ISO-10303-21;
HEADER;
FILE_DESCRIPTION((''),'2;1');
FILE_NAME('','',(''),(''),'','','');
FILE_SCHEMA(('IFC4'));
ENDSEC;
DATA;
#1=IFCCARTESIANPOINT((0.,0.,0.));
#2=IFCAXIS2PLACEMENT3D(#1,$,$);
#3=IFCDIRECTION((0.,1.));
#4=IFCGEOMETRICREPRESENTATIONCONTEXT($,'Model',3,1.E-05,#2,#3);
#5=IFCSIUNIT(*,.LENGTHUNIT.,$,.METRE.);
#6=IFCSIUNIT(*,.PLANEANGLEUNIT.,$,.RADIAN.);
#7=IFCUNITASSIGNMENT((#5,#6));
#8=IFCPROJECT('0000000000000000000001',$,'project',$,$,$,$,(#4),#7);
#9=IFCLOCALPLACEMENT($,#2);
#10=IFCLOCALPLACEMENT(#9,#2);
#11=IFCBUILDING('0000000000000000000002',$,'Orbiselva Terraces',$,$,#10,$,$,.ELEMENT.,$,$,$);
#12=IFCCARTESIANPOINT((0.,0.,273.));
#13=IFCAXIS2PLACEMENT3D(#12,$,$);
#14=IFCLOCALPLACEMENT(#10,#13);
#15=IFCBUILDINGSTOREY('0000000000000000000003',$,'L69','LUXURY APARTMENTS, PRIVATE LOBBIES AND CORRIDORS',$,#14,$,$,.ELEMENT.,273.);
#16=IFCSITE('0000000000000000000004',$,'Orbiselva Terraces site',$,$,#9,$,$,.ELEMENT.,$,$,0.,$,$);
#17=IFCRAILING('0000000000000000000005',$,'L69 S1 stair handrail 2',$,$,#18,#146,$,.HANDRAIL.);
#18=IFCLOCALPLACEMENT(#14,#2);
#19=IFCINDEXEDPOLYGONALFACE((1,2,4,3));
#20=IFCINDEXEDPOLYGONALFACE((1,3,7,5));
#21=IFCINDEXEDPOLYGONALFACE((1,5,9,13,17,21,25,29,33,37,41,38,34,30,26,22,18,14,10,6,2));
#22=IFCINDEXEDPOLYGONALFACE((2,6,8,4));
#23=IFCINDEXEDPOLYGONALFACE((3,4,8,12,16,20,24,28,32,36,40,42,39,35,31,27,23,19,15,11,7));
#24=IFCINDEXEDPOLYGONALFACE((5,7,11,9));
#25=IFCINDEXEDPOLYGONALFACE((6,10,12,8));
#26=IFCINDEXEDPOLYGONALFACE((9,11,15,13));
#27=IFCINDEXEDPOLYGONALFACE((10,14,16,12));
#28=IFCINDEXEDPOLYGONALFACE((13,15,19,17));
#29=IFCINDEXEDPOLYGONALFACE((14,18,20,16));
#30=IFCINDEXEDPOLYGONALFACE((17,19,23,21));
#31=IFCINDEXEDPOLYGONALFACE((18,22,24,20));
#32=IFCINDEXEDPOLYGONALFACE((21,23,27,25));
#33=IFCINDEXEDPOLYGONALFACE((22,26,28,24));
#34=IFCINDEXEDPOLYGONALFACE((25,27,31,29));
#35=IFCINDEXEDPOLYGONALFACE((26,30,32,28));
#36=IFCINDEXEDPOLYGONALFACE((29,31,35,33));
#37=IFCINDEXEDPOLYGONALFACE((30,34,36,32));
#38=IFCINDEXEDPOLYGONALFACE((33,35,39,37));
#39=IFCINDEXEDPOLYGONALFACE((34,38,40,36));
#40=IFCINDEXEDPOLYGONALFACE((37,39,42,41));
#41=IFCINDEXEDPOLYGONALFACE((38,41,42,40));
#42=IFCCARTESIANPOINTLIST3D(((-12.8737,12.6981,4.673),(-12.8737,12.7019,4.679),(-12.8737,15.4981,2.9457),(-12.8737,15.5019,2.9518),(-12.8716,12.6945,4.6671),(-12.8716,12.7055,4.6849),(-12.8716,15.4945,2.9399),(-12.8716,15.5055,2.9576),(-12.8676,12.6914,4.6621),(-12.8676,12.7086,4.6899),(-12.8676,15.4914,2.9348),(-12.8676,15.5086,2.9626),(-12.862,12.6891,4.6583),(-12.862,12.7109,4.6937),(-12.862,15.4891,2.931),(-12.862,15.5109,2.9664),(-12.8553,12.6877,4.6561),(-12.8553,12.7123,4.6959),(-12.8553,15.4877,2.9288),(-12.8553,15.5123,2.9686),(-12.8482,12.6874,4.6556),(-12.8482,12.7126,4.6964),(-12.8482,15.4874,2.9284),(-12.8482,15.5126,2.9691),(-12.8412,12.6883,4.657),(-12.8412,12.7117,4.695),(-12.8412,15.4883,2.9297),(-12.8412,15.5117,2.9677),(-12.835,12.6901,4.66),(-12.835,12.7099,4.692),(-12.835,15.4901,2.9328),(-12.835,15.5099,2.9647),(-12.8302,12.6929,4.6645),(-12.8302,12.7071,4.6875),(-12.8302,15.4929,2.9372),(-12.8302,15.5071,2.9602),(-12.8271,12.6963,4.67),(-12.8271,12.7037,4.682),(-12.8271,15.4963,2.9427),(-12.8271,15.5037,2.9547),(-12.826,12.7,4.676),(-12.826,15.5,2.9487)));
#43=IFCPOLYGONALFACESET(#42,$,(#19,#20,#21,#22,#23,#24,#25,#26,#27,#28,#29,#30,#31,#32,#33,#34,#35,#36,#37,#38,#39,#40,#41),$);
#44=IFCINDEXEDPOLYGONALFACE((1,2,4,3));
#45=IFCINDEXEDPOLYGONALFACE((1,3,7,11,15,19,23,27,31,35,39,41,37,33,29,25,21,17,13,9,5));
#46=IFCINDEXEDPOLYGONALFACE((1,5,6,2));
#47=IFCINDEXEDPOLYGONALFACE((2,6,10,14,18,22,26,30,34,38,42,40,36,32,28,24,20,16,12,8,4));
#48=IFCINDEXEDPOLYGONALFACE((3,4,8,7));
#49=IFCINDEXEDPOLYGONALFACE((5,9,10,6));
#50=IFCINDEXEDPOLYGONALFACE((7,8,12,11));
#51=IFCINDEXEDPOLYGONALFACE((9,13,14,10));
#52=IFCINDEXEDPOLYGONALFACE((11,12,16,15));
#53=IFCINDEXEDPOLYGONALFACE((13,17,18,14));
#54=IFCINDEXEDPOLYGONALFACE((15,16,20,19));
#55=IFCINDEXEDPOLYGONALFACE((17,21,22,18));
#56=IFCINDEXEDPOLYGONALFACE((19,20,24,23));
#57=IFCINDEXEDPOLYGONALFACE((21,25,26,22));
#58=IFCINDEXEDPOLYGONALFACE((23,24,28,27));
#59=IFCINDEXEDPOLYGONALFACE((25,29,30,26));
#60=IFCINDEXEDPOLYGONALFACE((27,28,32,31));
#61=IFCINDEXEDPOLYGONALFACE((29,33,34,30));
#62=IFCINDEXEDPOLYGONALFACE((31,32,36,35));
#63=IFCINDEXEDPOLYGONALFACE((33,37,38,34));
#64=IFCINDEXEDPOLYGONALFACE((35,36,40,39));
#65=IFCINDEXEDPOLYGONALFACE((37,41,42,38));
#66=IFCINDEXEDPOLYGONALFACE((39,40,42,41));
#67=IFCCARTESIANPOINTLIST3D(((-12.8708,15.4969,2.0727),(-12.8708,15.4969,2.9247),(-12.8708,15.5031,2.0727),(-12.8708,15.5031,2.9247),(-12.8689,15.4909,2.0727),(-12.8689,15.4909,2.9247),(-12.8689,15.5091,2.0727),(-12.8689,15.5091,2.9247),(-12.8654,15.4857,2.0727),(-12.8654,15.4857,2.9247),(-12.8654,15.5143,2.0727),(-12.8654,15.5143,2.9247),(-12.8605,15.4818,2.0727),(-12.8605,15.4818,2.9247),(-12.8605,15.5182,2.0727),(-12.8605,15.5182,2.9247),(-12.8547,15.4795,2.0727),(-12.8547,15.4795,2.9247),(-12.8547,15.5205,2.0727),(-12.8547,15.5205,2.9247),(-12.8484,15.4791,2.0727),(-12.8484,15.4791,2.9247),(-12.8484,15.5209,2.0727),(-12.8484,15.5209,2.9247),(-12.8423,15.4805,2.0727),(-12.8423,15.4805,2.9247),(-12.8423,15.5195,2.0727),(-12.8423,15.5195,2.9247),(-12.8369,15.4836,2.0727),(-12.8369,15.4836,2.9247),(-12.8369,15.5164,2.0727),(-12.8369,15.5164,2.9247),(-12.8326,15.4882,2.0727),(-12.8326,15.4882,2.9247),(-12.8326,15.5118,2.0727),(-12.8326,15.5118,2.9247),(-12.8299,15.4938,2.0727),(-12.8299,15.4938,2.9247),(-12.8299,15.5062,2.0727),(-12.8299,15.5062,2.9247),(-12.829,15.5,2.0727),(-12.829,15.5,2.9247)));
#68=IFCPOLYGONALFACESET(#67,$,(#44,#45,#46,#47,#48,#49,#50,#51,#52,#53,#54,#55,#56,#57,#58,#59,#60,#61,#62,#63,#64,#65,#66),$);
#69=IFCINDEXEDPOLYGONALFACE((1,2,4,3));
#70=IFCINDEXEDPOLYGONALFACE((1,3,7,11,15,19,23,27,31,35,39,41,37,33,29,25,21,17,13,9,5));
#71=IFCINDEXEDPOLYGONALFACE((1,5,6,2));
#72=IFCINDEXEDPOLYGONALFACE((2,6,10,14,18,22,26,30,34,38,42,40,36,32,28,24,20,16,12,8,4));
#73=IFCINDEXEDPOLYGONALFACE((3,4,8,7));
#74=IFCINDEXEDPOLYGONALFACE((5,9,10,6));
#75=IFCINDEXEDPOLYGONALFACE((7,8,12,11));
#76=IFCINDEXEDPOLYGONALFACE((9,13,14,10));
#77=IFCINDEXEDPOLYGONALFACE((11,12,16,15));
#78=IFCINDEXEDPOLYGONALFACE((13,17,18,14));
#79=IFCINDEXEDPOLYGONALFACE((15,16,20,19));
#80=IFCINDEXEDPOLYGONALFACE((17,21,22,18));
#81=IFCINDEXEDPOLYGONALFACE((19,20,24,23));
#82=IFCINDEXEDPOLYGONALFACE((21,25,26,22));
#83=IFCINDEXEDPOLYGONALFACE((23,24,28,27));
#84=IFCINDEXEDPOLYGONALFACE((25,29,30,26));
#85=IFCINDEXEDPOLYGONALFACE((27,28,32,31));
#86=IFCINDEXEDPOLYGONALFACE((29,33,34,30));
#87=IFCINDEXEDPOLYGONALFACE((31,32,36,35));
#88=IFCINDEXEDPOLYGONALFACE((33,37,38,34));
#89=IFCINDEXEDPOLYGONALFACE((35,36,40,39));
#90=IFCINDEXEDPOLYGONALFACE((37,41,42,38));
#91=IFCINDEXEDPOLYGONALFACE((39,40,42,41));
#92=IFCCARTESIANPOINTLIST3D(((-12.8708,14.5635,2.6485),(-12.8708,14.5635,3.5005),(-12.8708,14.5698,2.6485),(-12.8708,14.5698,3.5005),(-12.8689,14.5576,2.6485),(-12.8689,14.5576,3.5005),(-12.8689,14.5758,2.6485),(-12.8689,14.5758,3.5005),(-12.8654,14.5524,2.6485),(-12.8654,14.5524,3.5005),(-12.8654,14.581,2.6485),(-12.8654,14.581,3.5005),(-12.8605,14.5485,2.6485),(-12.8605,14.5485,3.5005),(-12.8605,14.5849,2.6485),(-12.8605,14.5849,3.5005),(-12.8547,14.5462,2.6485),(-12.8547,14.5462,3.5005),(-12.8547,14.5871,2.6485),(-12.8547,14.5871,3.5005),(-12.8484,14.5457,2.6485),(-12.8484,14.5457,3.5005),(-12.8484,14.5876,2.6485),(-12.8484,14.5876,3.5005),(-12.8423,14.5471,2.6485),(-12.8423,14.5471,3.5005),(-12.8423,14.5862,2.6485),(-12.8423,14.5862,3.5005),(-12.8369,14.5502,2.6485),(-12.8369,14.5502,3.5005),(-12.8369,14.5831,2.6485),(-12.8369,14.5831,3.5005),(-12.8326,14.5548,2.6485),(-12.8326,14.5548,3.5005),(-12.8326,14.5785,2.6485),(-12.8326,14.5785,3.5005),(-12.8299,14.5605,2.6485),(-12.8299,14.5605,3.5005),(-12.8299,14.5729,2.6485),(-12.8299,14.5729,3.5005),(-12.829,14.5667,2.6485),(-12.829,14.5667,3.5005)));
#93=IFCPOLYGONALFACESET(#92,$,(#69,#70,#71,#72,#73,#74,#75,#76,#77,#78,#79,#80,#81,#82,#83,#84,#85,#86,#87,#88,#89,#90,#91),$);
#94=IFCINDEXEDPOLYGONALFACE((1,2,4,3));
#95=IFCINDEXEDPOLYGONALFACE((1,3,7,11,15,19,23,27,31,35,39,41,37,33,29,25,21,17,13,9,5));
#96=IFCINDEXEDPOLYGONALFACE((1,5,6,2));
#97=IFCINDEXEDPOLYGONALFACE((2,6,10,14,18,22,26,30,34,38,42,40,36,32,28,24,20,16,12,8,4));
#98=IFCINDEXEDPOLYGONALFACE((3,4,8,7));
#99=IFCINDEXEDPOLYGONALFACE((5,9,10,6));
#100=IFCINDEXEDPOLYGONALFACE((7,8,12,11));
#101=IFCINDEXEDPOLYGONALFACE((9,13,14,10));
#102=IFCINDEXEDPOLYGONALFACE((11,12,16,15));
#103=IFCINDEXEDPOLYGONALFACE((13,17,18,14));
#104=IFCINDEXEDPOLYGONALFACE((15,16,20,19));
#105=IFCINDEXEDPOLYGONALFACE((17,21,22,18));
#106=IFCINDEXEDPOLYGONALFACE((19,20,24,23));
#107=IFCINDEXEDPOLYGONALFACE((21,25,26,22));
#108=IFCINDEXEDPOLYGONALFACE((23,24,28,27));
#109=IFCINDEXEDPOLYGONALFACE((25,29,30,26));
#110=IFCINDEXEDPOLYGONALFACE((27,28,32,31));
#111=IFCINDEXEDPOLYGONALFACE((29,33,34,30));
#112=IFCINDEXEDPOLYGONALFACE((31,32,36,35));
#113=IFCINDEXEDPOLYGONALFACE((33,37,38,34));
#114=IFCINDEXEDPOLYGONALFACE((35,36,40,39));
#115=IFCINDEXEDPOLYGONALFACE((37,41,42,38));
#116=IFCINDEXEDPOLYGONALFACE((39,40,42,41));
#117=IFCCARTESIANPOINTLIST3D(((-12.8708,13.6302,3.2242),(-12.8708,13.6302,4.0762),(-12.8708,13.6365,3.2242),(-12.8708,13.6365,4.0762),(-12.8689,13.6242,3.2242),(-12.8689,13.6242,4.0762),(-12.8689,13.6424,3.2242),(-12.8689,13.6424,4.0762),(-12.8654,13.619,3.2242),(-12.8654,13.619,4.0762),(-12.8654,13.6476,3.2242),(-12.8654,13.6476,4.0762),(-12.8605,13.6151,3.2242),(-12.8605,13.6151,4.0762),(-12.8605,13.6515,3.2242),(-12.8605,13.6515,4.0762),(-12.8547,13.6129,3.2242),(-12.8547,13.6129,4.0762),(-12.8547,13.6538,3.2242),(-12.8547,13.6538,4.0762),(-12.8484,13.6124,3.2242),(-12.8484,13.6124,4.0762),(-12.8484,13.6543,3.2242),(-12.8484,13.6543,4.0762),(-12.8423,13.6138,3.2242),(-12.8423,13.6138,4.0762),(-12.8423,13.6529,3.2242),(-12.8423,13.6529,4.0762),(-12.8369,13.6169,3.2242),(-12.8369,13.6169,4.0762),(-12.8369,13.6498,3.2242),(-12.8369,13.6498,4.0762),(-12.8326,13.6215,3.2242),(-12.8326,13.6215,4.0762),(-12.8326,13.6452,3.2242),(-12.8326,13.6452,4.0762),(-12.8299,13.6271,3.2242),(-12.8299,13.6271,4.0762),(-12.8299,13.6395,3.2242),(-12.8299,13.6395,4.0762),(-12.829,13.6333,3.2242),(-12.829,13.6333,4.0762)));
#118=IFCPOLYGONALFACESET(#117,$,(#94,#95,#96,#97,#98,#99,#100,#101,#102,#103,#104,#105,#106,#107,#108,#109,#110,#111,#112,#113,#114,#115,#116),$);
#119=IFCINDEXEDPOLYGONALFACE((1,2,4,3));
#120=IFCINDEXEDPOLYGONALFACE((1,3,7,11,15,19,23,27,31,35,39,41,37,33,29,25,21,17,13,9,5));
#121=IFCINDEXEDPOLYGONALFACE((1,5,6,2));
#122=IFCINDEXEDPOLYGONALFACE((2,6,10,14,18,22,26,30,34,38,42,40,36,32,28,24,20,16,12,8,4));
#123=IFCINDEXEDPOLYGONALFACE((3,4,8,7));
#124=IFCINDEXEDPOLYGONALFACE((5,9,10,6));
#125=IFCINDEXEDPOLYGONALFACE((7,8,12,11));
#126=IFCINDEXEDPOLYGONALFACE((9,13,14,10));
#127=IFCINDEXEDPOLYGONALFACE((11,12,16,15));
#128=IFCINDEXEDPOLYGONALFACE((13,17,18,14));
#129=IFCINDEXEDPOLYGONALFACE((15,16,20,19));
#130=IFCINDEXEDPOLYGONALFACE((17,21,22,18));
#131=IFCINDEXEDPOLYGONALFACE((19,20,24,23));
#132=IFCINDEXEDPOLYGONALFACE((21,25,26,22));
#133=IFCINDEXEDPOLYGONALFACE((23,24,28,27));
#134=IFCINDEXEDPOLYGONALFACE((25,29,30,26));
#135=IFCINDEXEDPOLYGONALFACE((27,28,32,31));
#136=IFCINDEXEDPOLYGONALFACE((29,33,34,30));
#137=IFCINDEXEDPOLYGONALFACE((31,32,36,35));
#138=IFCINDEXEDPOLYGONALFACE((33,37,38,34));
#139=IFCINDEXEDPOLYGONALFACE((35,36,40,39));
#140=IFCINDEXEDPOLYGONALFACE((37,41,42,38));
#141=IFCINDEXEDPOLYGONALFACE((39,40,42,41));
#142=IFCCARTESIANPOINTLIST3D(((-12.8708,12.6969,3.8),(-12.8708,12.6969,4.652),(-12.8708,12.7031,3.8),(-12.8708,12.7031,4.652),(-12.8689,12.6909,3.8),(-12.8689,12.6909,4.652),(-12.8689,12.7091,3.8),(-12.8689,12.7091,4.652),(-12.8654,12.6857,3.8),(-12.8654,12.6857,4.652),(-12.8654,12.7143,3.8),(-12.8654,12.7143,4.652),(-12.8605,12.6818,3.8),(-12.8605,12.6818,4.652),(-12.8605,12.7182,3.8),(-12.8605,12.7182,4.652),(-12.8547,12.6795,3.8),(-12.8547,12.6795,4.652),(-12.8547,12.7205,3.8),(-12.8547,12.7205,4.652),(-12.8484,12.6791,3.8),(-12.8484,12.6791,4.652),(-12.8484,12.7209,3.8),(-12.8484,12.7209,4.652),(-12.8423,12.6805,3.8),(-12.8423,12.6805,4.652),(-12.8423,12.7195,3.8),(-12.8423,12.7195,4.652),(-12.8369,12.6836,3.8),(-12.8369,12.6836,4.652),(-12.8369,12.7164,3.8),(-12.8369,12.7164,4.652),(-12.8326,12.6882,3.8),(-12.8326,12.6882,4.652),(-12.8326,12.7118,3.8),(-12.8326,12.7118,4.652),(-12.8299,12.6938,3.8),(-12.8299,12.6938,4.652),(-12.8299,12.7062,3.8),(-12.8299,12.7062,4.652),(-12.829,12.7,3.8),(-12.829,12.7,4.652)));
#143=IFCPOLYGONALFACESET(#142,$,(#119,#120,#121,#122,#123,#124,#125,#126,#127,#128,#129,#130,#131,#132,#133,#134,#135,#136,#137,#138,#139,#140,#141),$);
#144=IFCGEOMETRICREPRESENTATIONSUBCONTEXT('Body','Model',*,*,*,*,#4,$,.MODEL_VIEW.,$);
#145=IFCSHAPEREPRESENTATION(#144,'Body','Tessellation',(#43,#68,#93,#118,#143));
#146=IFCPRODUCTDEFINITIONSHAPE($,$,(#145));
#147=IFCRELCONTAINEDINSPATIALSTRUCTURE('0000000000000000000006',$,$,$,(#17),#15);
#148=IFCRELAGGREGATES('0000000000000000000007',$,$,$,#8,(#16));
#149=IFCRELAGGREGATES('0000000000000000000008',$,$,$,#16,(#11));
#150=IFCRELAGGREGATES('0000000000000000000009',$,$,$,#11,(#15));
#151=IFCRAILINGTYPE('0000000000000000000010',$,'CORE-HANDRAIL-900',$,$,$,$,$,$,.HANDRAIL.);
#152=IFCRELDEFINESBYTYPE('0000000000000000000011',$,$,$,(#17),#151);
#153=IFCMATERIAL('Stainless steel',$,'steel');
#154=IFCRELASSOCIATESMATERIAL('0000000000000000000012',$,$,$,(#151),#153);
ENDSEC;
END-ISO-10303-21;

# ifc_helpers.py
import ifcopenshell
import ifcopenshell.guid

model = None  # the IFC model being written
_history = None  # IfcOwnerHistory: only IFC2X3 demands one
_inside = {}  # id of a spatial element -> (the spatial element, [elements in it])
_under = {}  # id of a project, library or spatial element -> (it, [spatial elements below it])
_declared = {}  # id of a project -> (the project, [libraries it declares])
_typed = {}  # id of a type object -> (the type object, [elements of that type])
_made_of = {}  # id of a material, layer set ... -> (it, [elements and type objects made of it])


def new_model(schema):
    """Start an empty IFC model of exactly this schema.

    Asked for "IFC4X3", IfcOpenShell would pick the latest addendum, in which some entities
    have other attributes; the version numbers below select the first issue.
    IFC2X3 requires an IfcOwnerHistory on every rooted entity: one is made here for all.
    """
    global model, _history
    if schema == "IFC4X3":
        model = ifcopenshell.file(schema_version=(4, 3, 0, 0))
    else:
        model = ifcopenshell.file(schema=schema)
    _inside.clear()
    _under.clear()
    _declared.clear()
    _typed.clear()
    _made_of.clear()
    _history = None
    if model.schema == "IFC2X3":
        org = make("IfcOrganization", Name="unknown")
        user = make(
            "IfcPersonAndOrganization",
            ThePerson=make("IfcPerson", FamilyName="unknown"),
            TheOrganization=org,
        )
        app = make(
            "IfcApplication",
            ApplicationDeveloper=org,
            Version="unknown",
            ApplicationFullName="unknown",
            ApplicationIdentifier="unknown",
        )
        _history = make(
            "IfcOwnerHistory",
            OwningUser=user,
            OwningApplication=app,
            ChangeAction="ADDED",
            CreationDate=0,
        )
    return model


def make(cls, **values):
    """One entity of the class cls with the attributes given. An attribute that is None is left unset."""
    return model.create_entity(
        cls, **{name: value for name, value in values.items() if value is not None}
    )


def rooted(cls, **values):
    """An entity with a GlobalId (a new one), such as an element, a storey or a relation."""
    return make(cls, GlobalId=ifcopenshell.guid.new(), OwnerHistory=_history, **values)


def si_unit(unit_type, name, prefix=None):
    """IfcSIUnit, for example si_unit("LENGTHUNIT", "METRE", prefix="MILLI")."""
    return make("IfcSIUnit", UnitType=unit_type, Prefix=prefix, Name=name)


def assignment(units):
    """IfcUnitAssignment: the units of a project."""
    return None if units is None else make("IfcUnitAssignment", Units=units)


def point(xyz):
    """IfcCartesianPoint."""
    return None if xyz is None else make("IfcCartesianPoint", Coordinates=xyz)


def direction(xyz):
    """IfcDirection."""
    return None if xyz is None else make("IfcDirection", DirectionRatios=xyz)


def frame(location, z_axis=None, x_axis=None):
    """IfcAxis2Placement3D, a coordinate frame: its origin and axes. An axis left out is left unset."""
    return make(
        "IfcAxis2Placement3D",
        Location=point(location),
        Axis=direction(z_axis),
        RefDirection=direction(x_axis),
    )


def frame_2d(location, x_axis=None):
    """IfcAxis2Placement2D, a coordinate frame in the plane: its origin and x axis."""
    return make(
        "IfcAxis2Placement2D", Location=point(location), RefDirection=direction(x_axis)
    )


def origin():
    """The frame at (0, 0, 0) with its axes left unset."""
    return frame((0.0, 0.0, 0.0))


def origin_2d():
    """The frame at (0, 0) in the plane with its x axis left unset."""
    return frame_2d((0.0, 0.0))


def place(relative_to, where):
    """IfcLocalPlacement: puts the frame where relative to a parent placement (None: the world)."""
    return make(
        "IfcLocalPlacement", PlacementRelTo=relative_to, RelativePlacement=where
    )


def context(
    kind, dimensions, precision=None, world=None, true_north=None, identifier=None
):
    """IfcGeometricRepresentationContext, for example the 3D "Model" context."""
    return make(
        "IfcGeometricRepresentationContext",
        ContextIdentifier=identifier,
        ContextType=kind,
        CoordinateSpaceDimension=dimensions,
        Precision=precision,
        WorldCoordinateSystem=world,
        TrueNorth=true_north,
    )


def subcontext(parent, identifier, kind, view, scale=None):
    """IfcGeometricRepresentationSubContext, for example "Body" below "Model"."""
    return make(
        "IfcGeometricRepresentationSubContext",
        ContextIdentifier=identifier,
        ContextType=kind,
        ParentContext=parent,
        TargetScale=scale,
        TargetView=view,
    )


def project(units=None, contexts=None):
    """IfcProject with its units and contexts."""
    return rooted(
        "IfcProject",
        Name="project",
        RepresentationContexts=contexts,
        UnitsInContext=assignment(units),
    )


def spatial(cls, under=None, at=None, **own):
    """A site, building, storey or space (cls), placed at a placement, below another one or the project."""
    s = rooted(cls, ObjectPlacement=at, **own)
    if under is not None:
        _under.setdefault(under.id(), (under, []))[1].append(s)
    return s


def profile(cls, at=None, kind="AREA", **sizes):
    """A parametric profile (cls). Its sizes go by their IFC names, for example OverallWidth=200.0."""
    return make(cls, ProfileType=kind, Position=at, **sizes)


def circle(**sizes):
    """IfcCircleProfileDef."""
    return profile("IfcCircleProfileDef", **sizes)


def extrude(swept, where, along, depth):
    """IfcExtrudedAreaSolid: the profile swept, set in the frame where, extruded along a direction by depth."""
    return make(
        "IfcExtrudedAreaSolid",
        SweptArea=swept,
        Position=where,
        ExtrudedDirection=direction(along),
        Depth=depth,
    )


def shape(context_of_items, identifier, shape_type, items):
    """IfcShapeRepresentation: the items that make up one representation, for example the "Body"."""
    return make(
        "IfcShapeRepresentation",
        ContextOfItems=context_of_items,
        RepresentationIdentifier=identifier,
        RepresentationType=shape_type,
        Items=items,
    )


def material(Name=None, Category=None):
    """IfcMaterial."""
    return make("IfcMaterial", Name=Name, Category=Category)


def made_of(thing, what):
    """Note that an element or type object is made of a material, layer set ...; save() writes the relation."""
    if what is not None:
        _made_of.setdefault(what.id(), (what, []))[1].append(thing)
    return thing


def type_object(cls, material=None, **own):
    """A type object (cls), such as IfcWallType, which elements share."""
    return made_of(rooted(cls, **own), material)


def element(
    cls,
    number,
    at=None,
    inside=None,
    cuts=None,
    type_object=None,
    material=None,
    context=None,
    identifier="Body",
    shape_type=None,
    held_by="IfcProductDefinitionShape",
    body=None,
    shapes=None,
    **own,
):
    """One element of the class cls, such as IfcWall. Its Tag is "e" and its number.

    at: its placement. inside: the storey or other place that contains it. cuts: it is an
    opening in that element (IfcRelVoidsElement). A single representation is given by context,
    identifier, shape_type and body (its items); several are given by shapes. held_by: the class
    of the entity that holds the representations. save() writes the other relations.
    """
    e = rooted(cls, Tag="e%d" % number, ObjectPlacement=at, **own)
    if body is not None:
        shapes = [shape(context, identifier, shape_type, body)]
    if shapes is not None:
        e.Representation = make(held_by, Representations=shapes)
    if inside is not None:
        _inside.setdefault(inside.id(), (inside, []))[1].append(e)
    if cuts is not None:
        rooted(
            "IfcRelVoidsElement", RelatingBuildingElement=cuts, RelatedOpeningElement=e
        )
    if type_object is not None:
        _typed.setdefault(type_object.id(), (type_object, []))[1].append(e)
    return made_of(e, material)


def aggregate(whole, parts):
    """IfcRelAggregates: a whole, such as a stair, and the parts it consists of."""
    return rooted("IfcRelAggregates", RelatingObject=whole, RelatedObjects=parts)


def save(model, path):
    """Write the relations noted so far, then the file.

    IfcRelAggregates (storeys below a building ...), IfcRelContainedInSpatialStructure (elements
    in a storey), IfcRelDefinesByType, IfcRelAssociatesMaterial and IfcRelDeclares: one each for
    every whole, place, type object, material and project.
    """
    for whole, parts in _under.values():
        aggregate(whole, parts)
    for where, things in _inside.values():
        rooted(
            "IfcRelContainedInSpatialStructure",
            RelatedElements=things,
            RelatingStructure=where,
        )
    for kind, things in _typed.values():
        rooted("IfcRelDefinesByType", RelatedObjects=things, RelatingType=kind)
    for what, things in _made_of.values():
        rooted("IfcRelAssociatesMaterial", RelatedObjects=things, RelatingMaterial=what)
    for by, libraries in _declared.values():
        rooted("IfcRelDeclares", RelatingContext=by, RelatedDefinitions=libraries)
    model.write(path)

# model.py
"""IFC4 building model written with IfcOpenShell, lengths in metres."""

from ifc_helpers import new_model, si_unit, direction, frame, origin, origin_2d, place, context, subcontext, project, spatial, circle, extrude, material, type_object, element, save


model = new_model("IFC4")

# Units and contexts
model_context = context("Model", 3, precision=1e-05, world=origin(), true_north=direction((0.0, 1.0)))
body_context = subcontext(model_context, "Body", "Model", "MODEL_VIEW")
ifc_project = project(units=[si_unit("LENGTHUNIT", "METRE"), si_unit("PLANEANGLEUNIT", "RADIAN")], contexts=[model_context])

# Site, building, storey
site_placement = place(None, origin())
site = spatial("IfcSite", under=ifc_project, at=site_placement, Name="Orbiselva Terraces site", CompositionType="ELEMENT", RefElevation=0.0)
building_placement = place(site_placement, origin())
building = spatial("IfcBuilding", under=site, at=building_placement, Name="Orbiselva Terraces", CompositionType="ELEMENT")
storey_placement = place(building_placement, frame((0.0, 0.0, 273.0)))
storey = spatial("IfcBuildingStorey", under=building, at=storey_placement, Name="L69", Description="LUXURY APARTMENTS, PRIVATE LOBBIES AND CORRIDORS", CompositionType="ELEMENT", Elevation=273.0)

# Railing
ifc_material_1 = material(Name="Stainless steel", Category="steel")
railing_type = type_object("IfcRailingType", Name="CORE-HANDRAIL-900", PredefinedType="HANDRAIL", material=ifc_material_1)
railing_1_placement = place(storey_placement, frame((-12.85, 15.5, 2.0727)))
element("IfcRailing", 1, at=railing_1_placement, inside=storey, type_object=railing_type, Name="L69 S1 stair handrail 2", PredefinedType="HANDRAIL", context=body_context, shape_type="SweptSolid", body=[
    extrude(circle(Radius=0.024, at=origin_2d()), frame((0.0, 0.0, 0.876), z_axis=(0.0, -0.851089, 0.525022), x_axis=(1.0, 0.0, 0.0)), (0.0, 0.0, 1.0), 3.2899),
    extrude(circle(Radius=0.021, at=origin_2d()), origin(), (0.0, 0.0, 1.0), 0.852),
    extrude(circle(Radius=0.021, at=origin_2d()), frame((0.0, -0.9333, 0.5758)), (0.0, 0.0, 1.0), 0.852),
    extrude(circle(Radius=0.021, at=origin_2d()), frame((0.0, -1.8667, 1.1515)), (0.0, 0.0, 1.0), 0.852),
    extrude(circle(Radius=0.021, at=origin_2d()), frame((0.0, -2.8, 1.7273)), (0.0, 0.0, 1.0), 0.852),
])

save(model, "model.ifc")
